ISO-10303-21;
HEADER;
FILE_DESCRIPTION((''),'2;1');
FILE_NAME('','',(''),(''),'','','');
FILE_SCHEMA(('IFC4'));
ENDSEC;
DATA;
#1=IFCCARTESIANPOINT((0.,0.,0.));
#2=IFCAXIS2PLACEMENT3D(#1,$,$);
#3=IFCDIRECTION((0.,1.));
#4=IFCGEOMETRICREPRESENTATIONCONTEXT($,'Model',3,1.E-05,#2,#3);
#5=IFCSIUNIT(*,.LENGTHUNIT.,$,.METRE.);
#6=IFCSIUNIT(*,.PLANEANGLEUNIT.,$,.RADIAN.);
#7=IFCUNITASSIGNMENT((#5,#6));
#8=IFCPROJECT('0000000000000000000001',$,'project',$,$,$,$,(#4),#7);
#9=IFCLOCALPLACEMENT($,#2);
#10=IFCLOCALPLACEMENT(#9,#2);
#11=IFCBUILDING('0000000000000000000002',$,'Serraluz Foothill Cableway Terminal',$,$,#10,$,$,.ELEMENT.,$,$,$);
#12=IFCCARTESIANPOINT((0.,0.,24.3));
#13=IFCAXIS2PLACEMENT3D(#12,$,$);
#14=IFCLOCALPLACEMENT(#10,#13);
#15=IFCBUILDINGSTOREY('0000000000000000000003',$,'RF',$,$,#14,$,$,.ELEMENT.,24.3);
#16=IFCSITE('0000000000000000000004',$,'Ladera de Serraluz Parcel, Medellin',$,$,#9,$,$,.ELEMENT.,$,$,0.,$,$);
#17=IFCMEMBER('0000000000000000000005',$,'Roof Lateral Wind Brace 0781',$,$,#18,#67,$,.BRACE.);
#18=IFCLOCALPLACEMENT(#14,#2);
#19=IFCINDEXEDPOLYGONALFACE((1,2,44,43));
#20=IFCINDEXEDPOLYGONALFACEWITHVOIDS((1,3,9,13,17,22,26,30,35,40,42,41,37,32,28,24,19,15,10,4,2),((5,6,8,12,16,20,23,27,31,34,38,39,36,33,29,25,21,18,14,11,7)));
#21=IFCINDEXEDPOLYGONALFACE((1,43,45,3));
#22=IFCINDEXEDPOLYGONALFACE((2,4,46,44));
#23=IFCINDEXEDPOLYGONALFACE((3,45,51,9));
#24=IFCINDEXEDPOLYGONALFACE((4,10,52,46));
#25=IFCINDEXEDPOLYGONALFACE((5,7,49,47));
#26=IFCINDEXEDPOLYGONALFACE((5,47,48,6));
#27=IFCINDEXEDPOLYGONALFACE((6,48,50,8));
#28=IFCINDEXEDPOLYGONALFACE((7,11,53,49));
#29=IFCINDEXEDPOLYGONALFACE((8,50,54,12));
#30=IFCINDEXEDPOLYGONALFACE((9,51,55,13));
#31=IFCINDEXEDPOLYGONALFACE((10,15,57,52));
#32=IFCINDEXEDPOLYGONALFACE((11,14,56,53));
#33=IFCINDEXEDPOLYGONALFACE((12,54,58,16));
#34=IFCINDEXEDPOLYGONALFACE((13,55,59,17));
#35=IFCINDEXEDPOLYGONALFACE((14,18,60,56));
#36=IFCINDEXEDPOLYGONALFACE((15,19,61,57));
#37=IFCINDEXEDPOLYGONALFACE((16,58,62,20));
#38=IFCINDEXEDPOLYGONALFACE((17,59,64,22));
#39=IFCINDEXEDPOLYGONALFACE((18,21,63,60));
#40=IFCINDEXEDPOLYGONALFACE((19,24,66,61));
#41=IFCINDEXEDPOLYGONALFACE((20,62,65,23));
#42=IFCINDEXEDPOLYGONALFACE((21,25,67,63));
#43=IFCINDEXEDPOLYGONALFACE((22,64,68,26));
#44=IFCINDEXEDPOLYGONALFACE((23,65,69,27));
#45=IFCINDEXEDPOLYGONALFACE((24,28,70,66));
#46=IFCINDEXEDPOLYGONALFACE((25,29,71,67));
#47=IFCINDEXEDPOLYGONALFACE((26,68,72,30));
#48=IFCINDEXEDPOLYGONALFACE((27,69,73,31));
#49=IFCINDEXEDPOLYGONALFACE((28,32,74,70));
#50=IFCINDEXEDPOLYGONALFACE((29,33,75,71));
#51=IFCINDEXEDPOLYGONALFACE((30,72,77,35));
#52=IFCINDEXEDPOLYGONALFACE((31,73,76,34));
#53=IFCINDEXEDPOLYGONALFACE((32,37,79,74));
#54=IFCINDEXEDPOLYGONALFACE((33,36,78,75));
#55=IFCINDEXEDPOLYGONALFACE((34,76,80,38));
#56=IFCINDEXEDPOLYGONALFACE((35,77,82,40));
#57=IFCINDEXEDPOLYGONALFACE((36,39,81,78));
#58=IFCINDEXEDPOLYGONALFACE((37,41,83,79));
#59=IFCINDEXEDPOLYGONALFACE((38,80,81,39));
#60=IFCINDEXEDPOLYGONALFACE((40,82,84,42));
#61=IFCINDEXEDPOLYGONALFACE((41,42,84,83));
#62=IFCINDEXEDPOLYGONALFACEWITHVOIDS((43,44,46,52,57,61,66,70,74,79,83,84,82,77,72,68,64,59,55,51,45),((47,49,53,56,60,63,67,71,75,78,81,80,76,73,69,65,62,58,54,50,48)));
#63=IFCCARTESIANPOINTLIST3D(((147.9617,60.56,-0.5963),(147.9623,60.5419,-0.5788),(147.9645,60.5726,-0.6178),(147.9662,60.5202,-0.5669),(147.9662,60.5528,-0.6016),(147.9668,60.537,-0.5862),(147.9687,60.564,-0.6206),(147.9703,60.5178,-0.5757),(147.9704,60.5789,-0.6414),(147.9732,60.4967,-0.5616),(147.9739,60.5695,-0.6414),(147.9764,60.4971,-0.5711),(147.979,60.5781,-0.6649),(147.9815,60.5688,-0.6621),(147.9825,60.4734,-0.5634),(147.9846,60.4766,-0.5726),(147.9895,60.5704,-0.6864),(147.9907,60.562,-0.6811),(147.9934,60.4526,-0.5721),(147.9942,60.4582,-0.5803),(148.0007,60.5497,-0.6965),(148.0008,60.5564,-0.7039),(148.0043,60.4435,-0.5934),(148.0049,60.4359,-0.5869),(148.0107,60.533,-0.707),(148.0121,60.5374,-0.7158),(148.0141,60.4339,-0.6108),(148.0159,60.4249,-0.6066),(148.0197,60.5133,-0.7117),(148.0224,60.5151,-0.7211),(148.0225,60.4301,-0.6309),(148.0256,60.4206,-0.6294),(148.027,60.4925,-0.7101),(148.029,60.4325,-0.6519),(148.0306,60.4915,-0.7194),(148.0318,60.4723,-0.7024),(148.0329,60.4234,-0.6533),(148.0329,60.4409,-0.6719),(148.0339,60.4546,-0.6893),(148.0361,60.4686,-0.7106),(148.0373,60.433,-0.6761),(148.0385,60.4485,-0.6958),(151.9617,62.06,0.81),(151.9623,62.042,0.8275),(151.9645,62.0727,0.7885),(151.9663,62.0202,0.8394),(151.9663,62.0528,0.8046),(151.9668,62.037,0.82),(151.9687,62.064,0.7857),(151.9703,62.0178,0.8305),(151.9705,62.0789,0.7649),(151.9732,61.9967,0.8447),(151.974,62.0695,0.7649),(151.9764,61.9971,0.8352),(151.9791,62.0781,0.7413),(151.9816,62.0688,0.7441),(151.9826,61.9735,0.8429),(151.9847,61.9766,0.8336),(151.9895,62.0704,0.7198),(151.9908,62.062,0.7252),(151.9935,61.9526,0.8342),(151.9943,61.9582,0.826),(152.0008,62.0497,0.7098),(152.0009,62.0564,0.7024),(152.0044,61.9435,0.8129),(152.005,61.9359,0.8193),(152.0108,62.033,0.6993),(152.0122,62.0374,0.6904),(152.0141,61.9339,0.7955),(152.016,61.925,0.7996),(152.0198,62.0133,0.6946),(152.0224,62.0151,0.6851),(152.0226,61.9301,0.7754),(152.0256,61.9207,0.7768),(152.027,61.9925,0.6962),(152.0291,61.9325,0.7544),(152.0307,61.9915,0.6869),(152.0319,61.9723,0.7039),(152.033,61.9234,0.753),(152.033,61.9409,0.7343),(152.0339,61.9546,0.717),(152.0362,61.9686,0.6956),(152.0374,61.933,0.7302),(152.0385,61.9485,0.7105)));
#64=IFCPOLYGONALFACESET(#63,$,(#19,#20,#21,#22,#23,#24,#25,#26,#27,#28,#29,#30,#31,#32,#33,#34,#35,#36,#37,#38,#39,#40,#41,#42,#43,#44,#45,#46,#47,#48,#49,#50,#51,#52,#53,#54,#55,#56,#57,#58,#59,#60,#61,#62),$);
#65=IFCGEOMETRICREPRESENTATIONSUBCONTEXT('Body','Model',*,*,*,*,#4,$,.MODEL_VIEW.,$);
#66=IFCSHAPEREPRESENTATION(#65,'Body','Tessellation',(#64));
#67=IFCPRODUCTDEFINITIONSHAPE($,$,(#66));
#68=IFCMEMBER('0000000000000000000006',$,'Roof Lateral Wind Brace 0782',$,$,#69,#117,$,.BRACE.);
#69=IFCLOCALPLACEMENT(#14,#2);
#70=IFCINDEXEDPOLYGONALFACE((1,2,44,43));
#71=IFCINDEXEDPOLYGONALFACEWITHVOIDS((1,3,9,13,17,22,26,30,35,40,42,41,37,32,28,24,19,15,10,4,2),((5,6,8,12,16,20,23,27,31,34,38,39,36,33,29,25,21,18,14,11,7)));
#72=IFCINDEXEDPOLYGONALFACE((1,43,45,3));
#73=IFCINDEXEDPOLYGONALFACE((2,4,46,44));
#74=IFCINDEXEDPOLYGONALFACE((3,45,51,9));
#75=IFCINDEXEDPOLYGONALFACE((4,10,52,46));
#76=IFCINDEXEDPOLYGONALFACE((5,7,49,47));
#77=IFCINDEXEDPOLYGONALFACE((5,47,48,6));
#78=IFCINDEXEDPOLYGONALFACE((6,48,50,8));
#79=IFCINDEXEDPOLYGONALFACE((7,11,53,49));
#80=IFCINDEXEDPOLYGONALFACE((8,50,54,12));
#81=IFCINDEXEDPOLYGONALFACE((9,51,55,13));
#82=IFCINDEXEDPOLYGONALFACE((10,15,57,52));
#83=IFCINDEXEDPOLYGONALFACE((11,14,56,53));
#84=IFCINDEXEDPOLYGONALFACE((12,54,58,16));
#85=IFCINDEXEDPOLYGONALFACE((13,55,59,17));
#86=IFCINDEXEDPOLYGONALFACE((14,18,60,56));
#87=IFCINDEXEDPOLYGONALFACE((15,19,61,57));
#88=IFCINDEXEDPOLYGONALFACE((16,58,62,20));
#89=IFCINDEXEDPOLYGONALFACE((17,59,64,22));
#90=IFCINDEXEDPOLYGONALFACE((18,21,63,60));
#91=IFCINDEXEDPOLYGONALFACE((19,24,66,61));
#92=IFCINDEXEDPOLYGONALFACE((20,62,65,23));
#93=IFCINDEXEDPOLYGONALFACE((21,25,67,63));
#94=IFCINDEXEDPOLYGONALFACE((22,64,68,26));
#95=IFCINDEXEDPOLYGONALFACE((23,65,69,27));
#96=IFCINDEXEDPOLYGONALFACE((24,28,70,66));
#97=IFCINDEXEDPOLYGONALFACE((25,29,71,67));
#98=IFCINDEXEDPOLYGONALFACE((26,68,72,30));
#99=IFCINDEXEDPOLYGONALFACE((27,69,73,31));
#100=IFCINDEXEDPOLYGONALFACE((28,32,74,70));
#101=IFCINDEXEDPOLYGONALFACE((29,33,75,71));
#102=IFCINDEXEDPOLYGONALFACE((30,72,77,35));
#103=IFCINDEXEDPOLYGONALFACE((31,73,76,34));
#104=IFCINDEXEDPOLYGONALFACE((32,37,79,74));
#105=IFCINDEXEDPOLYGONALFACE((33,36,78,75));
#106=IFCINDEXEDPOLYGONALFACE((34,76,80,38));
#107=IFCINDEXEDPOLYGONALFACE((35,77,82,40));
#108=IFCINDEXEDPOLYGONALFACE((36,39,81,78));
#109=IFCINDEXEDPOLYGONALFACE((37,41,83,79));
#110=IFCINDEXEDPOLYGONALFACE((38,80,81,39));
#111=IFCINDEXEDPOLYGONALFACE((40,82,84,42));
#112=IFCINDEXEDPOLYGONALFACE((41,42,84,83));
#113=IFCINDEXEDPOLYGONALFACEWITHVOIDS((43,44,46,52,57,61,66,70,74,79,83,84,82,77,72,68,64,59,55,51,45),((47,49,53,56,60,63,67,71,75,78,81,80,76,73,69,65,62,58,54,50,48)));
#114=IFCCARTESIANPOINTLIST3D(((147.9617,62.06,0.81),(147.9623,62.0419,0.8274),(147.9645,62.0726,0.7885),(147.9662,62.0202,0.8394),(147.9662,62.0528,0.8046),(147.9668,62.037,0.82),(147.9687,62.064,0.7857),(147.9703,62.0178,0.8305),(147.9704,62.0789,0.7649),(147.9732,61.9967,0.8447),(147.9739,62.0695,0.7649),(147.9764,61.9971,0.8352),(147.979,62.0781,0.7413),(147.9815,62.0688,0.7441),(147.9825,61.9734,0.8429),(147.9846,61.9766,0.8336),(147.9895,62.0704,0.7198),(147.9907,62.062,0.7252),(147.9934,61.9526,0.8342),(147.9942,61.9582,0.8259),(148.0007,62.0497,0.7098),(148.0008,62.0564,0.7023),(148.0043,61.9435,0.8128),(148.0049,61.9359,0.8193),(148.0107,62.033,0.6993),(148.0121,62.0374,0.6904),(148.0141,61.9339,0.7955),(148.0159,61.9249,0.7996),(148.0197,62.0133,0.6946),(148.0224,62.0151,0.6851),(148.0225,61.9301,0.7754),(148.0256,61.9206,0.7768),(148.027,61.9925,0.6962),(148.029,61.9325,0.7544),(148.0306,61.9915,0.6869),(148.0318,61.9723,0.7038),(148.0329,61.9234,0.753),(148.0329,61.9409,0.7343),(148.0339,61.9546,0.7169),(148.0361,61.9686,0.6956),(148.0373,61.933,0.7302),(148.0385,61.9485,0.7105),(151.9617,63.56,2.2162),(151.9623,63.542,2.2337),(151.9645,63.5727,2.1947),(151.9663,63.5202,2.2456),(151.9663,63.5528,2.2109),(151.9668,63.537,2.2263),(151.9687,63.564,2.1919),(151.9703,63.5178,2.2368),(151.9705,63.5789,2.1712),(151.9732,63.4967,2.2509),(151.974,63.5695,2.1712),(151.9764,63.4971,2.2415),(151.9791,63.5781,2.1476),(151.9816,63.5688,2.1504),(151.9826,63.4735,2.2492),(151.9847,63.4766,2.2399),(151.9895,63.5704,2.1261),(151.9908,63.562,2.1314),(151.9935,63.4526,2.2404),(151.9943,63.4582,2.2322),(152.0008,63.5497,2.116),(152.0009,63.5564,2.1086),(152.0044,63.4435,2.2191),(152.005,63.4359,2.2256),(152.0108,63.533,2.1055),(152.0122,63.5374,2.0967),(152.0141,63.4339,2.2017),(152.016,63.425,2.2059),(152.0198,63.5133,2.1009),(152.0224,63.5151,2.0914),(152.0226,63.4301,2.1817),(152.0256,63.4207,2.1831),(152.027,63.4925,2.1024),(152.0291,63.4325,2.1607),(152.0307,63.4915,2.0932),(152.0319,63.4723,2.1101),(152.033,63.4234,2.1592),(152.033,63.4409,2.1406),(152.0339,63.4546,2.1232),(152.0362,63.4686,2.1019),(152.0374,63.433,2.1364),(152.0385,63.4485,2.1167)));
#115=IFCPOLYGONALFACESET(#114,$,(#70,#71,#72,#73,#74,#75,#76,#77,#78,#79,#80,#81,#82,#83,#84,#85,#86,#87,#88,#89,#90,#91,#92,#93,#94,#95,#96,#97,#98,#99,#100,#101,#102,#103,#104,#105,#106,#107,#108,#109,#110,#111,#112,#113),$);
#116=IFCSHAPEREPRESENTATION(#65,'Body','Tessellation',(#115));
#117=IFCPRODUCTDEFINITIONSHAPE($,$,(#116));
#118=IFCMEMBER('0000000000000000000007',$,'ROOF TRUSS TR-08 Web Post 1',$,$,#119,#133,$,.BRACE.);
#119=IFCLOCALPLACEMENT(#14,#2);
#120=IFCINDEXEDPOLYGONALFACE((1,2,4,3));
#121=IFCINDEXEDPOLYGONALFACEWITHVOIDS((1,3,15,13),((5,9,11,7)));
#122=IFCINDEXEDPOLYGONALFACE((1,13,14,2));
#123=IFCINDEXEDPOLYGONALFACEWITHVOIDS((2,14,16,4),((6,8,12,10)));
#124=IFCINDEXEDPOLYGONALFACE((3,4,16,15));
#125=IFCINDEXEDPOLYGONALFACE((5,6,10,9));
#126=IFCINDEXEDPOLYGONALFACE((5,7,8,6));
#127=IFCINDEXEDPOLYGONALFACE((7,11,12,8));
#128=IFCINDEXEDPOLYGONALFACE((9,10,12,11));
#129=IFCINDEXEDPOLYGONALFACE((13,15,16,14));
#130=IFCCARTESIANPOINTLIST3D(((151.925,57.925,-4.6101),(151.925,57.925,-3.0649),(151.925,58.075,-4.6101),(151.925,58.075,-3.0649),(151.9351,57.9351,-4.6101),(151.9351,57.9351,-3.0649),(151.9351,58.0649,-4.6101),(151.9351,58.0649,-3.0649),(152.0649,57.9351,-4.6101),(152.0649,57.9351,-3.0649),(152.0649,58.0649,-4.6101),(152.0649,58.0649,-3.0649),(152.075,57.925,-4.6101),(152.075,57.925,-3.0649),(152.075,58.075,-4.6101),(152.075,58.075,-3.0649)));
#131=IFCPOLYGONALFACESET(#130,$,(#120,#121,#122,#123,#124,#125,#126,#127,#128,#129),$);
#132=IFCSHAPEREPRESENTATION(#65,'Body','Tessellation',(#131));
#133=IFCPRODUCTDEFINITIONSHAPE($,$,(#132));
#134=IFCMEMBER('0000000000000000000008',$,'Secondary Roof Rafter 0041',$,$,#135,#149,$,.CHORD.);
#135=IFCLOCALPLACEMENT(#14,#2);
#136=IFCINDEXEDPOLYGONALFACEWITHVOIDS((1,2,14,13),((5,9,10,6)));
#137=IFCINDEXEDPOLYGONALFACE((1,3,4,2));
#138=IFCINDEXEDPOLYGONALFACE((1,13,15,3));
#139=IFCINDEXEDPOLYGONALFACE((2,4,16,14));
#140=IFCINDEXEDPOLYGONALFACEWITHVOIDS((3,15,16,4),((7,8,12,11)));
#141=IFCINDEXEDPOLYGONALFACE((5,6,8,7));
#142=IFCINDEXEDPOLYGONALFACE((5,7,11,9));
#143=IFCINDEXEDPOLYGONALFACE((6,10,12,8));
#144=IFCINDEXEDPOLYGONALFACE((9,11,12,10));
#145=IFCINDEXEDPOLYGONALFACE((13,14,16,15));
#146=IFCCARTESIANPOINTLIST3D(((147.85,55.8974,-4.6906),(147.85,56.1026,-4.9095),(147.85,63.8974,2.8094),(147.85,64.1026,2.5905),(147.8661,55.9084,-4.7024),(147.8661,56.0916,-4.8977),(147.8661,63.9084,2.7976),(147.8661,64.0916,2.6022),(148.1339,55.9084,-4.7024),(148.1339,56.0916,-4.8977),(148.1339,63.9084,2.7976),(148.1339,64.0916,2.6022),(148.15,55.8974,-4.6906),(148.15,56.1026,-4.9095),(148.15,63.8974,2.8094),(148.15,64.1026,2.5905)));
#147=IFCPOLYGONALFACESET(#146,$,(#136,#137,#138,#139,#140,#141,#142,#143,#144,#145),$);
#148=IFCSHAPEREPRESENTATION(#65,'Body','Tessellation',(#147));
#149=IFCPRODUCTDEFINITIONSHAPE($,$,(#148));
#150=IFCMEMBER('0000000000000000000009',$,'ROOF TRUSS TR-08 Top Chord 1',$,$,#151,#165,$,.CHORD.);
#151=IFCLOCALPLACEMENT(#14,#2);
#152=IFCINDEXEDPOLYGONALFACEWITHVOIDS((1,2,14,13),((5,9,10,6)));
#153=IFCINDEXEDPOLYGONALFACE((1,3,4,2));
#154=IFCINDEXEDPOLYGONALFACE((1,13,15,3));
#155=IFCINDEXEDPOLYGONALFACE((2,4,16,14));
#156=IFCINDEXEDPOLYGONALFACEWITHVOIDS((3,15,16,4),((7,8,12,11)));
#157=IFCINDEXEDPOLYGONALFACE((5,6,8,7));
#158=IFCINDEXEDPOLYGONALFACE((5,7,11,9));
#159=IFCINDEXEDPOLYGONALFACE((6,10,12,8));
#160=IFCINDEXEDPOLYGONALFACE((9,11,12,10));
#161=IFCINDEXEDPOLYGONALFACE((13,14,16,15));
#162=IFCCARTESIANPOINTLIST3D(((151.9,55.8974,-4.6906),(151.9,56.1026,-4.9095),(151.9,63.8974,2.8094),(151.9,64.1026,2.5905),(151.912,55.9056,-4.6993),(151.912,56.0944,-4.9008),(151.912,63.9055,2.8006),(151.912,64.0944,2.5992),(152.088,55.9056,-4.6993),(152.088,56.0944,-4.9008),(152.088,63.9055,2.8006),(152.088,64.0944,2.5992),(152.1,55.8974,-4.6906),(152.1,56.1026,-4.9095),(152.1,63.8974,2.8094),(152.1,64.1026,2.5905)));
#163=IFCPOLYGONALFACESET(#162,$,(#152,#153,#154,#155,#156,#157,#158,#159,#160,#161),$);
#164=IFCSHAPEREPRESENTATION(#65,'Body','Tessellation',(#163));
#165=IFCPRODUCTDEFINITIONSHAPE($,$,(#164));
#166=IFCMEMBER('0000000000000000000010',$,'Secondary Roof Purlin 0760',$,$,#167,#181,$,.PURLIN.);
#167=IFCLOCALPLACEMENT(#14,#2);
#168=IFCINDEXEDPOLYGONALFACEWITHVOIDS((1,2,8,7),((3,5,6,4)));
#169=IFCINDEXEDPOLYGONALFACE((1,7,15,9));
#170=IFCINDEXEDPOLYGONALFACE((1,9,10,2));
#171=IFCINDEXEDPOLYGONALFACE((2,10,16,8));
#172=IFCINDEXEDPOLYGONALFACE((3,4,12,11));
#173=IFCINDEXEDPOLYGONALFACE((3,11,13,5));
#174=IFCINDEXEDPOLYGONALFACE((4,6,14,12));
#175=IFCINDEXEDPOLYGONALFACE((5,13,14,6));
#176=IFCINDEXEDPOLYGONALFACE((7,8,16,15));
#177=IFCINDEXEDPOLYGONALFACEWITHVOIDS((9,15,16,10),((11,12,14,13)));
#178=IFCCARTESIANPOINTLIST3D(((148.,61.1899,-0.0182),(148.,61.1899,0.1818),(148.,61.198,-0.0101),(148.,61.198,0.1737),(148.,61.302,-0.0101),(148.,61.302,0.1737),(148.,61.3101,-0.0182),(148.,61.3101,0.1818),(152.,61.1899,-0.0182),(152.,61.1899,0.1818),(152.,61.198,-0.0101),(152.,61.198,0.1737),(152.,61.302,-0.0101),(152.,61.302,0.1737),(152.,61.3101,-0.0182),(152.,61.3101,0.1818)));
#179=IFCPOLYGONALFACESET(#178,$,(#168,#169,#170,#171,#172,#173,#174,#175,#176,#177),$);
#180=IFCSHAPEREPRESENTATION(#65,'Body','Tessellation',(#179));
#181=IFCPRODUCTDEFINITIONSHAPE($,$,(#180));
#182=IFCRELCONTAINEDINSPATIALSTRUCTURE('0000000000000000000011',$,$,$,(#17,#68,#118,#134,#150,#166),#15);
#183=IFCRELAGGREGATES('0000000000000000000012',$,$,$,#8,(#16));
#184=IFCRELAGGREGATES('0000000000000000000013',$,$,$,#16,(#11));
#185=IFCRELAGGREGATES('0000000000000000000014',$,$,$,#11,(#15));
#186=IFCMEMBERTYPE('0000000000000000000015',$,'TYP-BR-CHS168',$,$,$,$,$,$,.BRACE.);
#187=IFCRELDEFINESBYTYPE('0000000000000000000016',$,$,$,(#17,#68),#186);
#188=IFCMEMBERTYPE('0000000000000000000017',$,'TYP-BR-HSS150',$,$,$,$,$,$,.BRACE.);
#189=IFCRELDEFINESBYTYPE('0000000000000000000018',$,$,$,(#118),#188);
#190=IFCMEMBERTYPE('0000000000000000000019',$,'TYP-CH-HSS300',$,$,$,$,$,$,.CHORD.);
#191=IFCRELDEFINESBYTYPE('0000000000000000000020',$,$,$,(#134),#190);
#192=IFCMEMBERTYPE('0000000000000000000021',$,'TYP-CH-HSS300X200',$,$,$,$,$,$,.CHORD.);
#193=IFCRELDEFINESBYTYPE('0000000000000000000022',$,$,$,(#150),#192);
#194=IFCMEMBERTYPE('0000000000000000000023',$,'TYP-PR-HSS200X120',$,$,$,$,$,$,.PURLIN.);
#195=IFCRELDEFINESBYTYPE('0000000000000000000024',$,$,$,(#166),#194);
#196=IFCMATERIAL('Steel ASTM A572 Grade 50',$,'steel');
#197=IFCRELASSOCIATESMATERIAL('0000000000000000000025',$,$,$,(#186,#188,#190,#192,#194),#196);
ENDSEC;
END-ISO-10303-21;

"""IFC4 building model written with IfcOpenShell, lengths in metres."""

from ifc_helpers import new_model, si_unit, direction, frame, origin, origin_2d, place, context, subcontext, project, spatial, hollow_rectangle, hollow_circle, extrude, material, material_profile, profile_set, type_object, element, save


model = new_model("IFC4")

# Units and contexts
model_context = context("Model", 3, precision=1e-05, world=origin(), true_north=direction((0.0, 1.0)))
body_context = subcontext(model_context, "Body", "Model", "MODEL_VIEW")
ifc_project = project(units=[si_unit("LENGTHUNIT", "METRE"), si_unit("PLANEANGLEUNIT", "RADIAN")], contexts=[model_context])

# Site, building, storey
site_placement = place(None, origin())
site = spatial("IfcSite", under=ifc_project, at=site_placement, Name="Ladera de Serraluz Parcel, Medellin", CompositionType="ELEMENT", RefElevation=0.0)
building_placement = place(site_placement, origin())
building = spatial("IfcBuilding", under=site, at=building_placement, Name="Serraluz Foothill Cableway Terminal", CompositionType="ELEMENT")
storey_placement = place(building_placement, frame((0.0, 0.0, 24.3)))
storey = spatial("IfcBuildingStorey", under=building, at=storey_placement, Name="RF", CompositionType="ELEMENT", Elevation=24.3)

# Members
ifc_material_1 = material(Name="Steel ASTM A572 Grade 50", Category="steel")
ifc_material_profile_1 = material_profile(ifc_material_1, hollow_circle(Radius=0.0842, WallThickness=0.01, at=origin_2d()), Name="CHS168X10")
ifc_profile_set_1 = profile_set([ifc_material_profile_1], Name="Steel ASTM A572 Grade 50")
member_type_1 = type_object("IfcMemberType", Name="TYP-BR-CHS168", PredefinedType="BRACE", material=ifc_profile_set_1)
for number, where, z_axis, x_axis, name in (
    (1, (148.0, 60.5, -0.6414), (0.889382, 0.333518, 0.312673), (-0.351123, 0.936329, 0.0), "Roof Lateral Wind Brace 0781"),
    (2, (148.0, 62.0, 0.7649), (0.889382, 0.333518, 0.312673), (-0.351123, 0.936329, 0.0), "Roof Lateral Wind Brace 0782"),
):
    element("IfcMember", number, at=place(storey_placement, frame(where, z_axis=z_axis, x_axis=x_axis)), inside=storey, type_object=member_type_1, Name=name, PredefinedType="BRACE", context=body_context, shape_type="SweptSolid", body=[
        extrude(hollow_circle(Radius=0.0842, WallThickness=0.01, at=origin_2d()), origin(), (0.0, 0.0, 1.0), 4.4976),
    ])
ifc_material_profile_2 = material_profile(ifc_material_1, hollow_rectangle(XDim=0.1499, YDim=0.1499, WallThickness=0.01, at=origin_2d()), Name="HSS150X150X10")
ifc_profile_set_2 = profile_set([ifc_material_profile_2], Name="Steel ASTM A572 Grade 50")
member_type_2 = type_object("IfcMemberType", Name="TYP-BR-HSS150", PredefinedType="BRACE", material=ifc_profile_set_2)
member_1_placement = place(storey_placement, frame((152.0, 58.0, -4.6101), z_axis=(0.0, 0.0, 1.0), x_axis=(1.0, 0.0, 0.0)))
element("IfcMember", 3, at=member_1_placement, inside=storey, type_object=member_type_2, Name="ROOF TRUSS TR-08 Web Post 1", PredefinedType="BRACE", context=body_context, shape_type="SweptSolid", body=[
    extrude(hollow_rectangle(XDim=0.1499, YDim=0.1499, WallThickness=0.01, at=origin_2d()), origin(), (0.0, 0.0, 1.0), 1.5452),
])
ifc_material_profile_3 = material_profile(ifc_material_1, hollow_rectangle(XDim=0.3, YDim=0.3, WallThickness=0.0161, at=origin_2d()), Name="HSS300X300X16")
ifc_profile_set_3 = profile_set([ifc_material_profile_3], Name="Steel ASTM A572 Grade 50")
member_type_3 = type_object("IfcMemberType", Name="TYP-CH-HSS300", PredefinedType="CHORD", material=ifc_profile_set_3)
member_2_placement = place(storey_placement, frame((148.0, 56.0, -4.8), z_axis=(0.0, 0.729537, 0.683941), x_axis=(-1.0, 0.0, 0.0)))
element("IfcMember", 4, at=member_2_placement, inside=storey, type_object=member_type_3, Name="Secondary Roof Rafter 0041", PredefinedType="CHORD", context=body_context, shape_type="SweptSolid", body=[
    extrude(hollow_rectangle(XDim=0.3, YDim=0.3, WallThickness=0.0161, at=origin_2d()), origin(), (0.0, 0.0, 1.0), 10.9658),
])
ifc_material_profile_4 = material_profile(ifc_material_1, hollow_rectangle(XDim=0.2, YDim=0.3, WallThickness=0.012, at=origin_2d()), Name="HSS300X200X12")
ifc_profile_set_4 = profile_set([ifc_material_profile_4], Name="Steel ASTM A572 Grade 50")
member_type_4 = type_object("IfcMemberType", Name="TYP-CH-HSS300X200", PredefinedType="CHORD", material=ifc_profile_set_4)
member_3_placement = place(storey_placement, frame((152.0, 56.0, -4.8), z_axis=(0.0, 0.729537, 0.683941), x_axis=(-1.0, 0.0, 0.0)))
element("IfcMember", 5, at=member_3_placement, inside=storey, type_object=member_type_4, Name="ROOF TRUSS TR-08 Top Chord 1", PredefinedType="CHORD", context=body_context, shape_type="SweptSolid", body=[
    extrude(hollow_rectangle(XDim=0.2, YDim=0.3, WallThickness=0.012, at=origin_2d()), origin(), (0.0, 0.0, 1.0), 10.9658),
])
ifc_material_profile_5 = material_profile(ifc_material_1, hollow_rectangle(XDim=0.1201, YDim=0.2, WallThickness=0.0081, at=origin_2d()), Name="HSS200X120X8")
ifc_profile_set_5 = profile_set([ifc_material_profile_5], Name="Steel ASTM A572 Grade 50")
member_type_5 = type_object("IfcMemberType", Name="TYP-PR-HSS200X120", PredefinedType="PURLIN", material=ifc_profile_set_5)
for number, where, z_axis, x_axis, name in (
    (6, (148.0, 61.25, 0.0818), (1.0, 0.0, 0.0), (0.0, 1.0, 0.0), "Secondary Roof Purlin 0760"),
):
    element("IfcMember", number, at=place(storey_placement, frame(where, z_axis=z_axis, x_axis=x_axis)), inside=storey, type_object=member_type_5, Name=name, PredefinedType="PURLIN", context=body_context, shape_type="SweptSolid", body=[
        extrude(hollow_rectangle(XDim=0.1201, YDim=0.2, WallThickness=0.0081, at=origin_2d()), origin(), (0.0, 0.0, 1.0), 4.0),
    ])

save(model, "model.ifc")
